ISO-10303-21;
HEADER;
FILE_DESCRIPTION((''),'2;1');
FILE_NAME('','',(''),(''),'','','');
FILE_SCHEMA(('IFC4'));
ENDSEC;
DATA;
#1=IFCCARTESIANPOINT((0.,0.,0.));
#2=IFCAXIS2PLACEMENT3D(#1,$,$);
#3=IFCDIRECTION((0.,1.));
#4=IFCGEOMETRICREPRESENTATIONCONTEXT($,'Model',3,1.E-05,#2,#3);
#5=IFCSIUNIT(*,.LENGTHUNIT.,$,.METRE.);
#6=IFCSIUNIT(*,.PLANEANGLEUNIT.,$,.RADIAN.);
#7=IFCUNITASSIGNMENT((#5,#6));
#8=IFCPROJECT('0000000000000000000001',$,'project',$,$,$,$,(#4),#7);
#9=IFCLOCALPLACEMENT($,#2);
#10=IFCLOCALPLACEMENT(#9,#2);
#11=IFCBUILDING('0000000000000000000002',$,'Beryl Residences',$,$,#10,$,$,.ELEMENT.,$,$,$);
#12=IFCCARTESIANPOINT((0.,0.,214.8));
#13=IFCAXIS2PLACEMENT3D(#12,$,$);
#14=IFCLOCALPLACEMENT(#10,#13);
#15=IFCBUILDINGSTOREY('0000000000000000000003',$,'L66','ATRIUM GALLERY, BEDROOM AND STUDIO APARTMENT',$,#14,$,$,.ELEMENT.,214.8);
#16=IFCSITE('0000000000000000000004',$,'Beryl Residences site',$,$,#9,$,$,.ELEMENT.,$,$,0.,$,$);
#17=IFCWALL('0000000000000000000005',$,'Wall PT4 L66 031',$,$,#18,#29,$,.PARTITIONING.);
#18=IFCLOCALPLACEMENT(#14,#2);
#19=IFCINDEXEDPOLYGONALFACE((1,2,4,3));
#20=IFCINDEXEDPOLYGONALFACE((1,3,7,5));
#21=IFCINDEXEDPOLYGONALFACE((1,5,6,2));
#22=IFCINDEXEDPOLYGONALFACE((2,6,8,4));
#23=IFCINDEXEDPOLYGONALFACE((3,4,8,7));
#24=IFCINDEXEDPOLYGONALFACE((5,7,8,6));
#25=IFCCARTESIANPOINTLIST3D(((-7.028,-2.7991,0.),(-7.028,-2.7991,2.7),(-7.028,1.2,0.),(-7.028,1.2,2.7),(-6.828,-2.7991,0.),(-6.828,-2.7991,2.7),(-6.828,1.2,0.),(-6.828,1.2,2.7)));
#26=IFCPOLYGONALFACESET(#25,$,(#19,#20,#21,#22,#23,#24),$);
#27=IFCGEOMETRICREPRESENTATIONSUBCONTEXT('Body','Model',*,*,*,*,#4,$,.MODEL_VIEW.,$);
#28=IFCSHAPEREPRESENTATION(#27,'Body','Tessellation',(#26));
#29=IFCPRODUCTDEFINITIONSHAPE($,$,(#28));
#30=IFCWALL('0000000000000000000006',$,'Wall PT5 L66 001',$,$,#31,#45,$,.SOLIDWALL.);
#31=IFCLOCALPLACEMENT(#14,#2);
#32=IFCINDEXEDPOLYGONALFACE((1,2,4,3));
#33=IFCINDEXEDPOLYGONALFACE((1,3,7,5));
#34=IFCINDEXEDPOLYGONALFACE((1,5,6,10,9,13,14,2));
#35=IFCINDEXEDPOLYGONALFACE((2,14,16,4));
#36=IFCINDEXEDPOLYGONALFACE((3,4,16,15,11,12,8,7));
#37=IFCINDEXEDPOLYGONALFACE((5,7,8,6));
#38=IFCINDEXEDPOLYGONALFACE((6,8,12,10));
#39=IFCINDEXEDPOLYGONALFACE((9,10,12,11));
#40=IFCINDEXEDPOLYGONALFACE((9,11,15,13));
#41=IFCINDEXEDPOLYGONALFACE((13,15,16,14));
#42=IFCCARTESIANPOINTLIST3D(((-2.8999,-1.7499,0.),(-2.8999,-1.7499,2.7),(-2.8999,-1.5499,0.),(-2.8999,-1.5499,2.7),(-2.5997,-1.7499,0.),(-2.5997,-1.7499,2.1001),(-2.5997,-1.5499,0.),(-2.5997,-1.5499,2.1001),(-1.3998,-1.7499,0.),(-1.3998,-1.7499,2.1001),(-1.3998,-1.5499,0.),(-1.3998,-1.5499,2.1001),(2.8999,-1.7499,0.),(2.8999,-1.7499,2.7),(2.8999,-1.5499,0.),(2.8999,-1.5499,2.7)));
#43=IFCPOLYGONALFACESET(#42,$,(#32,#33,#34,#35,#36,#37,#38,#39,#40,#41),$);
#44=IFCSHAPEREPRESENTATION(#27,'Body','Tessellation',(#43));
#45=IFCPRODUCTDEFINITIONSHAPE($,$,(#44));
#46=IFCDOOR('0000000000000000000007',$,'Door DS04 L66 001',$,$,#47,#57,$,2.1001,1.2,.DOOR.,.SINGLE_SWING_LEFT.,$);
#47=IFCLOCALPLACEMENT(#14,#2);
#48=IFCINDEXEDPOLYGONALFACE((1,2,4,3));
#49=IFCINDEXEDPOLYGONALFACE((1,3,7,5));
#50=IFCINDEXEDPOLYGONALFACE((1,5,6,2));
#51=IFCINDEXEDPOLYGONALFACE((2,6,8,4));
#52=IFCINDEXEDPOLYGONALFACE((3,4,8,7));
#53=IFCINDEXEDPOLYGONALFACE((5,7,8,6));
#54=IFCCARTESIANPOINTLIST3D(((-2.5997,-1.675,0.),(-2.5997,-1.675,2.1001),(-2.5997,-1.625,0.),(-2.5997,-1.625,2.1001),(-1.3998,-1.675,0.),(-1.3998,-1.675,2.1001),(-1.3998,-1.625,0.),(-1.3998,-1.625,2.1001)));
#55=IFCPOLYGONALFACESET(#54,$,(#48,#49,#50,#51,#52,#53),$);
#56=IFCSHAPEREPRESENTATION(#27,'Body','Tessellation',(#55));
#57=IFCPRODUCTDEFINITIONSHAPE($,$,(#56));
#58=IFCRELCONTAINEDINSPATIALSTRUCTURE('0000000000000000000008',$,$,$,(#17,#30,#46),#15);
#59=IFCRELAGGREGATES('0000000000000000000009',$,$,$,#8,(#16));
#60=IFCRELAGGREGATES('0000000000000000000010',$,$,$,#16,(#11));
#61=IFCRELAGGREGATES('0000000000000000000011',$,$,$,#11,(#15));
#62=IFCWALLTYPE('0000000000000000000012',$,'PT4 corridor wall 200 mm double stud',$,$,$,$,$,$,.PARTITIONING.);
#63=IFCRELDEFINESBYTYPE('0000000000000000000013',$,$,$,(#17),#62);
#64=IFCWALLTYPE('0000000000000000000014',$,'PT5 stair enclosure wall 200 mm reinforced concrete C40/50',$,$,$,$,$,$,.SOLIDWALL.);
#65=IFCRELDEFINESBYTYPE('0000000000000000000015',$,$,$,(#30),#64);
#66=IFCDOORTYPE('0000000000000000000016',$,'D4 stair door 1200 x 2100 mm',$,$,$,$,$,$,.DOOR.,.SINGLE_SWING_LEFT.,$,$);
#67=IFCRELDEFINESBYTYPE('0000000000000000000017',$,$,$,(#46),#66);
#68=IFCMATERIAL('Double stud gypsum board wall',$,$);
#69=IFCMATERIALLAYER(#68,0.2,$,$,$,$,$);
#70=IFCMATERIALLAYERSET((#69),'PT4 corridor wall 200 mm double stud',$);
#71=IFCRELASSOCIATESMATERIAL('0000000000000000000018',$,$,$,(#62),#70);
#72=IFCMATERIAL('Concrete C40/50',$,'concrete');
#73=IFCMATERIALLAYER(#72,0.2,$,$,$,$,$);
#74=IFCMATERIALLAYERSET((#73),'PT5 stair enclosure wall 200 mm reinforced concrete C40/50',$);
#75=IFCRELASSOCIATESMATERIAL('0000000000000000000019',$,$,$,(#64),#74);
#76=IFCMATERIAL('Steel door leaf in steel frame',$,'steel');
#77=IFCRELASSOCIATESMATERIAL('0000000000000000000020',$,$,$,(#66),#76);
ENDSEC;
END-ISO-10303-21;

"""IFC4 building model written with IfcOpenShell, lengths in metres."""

from ifc_helpers import new_model, si_unit, direction, frame, frame_2d, origin, place, context, subcontext, project, spatial, rectangle, extrude, material, layer, layer_set, type_object, element, fill, save


model = new_model("IFC4")

# Units and contexts
model_context = context("Model", 3, precision=1e-05, world=origin(), true_north=direction((0.0, 1.0)))
body_context = subcontext(model_context, "Body", "Model", "MODEL_VIEW")
ifc_project = project(units=[si_unit("LENGTHUNIT", "METRE"), si_unit("PLANEANGLEUNIT", "RADIAN")], contexts=[model_context])

# Site, building, storey
site_placement = place(None, origin())
site = spatial("IfcSite", under=ifc_project, at=site_placement, Name="Beryl Residences site", CompositionType="ELEMENT", RefElevation=0.0)
building_placement = place(site_placement, origin())
building = spatial("IfcBuilding", under=site, at=building_placement, Name="Beryl Residences", CompositionType="ELEMENT")
storey_placement = place(building_placement, frame((0.0, 0.0, 214.8)))
storey = spatial("IfcBuildingStorey", under=building, at=storey_placement, Name="L66", Description="ATRIUM GALLERY, BEDROOM AND STUDIO APARTMENT", CompositionType="ELEMENT", Elevation=214.8)

# Shared definitions
ifc_material_1 = material(Name="Double stud gypsum board wall")
ifc_layer_1 = layer(ifc_material_1, 0.2)
ifc_layer_set_1 = layer_set([ifc_layer_1], Name="PT4 corridor wall 200 mm double stud")
wall_type_1 = type_object("IfcWallType", Name="PT4 corridor wall 200 mm double stud", PredefinedType="PARTITIONING", material=ifc_layer_set_1)

# Wall
wall_1_placement = place(storey_placement, frame((-6.928, -2.7991, 0.0), z_axis=(0.0, 0.0, 1.0), x_axis=(0.0, 1.0, 0.0)))
element("IfcWall", 1, at=wall_1_placement, inside=storey, type_object=wall_type_1, Name="Wall PT4 L66 031", PredefinedType="PARTITIONING", context=body_context, shape_type="SweptSolid", body=[
    extrude(rectangle(XDim=3.999, YDim=0.2, at=frame_2d((1.9995, 0.0))), origin(), (0.0, 0.0, 1.0), 2.7),
])

# Wall, opening, door
ifc_material_2 = material(Name="Concrete C40/50", Category="concrete")
ifc_layer_2 = layer(ifc_material_2, 0.2)
ifc_layer_set_2 = layer_set([ifc_layer_2], Name="PT5 stair enclosure wall 200 mm reinforced concrete C40/50")
wall_type_2 = type_object("IfcWallType", Name="PT5 stair enclosure wall 200 mm reinforced concrete C40/50", PredefinedType="SOLIDWALL", material=ifc_layer_set_2)
wall_2_placement = place(storey_placement, frame((-2.8999, -1.6499, 0.0), z_axis=(0.0, 0.0, 1.0), x_axis=(1.0, 0.0, 0.0)))
wall_2 = element("IfcWall", 2, at=wall_2_placement, inside=storey, type_object=wall_type_2, Name="Wall PT5 L66 001", PredefinedType="SOLIDWALL", context=body_context, shape_type="SweptSolid", body=[
    extrude(rectangle(XDim=5.7998, YDim=0.2, at=frame_2d((2.8999, 0.0))), origin(), (0.0, 0.0, 1.0), 2.7),
])
opening_1_placement = place(wall_2_placement, frame((0.3, 0.0, 0.0)))
opening_1 = element("IfcOpeningElement", 3, at=opening_1_placement, cuts=wall_2, PredefinedType="OPENING", context=body_context, shape_type="SweptSolid", body=[
    extrude(rectangle(XDim=1.2, YDim=2.1001, at=frame_2d((0.6001, 1.05))), frame((0.0, 0.1099, 0.0), z_axis=(0.0, -1.0, 0.0), x_axis=(1.0, 0.0, 0.0)), (0.0, 0.0, 1.0), 0.22),
])
ifc_material_3 = material(Name="Steel door leaf in steel frame", Category="steel")
door_type_1 = type_object("IfcDoorType", Name="D4 stair door 1200 x 2100 mm", OperationType="SINGLE_SWING_LEFT", PredefinedType="DOOR", material=ifc_material_3)
door_1_placement = place(opening_1_placement, origin())
door_1 = element("IfcDoor", 4, at=door_1_placement, inside=storey, type_object=door_type_1, Name="Door DS04 L66 001", OperationType="SINGLE_SWING_LEFT", OverallHeight=2.1001, OverallWidth=1.2, PredefinedType="DOOR", context=body_context, shape_type="SweptSolid", body=[
    extrude(rectangle(XDim=1.2, YDim=2.1001, at=frame_2d((0.6001, 1.05))), frame((0.0, 0.0249, 0.0), z_axis=(0.0, -1.0, 0.0), x_axis=(1.0, 0.0, 0.0)), (0.0, 0.0, 1.0), 0.05),
])
fill(opening_1, door_1)

save(model, "model.ifc")
